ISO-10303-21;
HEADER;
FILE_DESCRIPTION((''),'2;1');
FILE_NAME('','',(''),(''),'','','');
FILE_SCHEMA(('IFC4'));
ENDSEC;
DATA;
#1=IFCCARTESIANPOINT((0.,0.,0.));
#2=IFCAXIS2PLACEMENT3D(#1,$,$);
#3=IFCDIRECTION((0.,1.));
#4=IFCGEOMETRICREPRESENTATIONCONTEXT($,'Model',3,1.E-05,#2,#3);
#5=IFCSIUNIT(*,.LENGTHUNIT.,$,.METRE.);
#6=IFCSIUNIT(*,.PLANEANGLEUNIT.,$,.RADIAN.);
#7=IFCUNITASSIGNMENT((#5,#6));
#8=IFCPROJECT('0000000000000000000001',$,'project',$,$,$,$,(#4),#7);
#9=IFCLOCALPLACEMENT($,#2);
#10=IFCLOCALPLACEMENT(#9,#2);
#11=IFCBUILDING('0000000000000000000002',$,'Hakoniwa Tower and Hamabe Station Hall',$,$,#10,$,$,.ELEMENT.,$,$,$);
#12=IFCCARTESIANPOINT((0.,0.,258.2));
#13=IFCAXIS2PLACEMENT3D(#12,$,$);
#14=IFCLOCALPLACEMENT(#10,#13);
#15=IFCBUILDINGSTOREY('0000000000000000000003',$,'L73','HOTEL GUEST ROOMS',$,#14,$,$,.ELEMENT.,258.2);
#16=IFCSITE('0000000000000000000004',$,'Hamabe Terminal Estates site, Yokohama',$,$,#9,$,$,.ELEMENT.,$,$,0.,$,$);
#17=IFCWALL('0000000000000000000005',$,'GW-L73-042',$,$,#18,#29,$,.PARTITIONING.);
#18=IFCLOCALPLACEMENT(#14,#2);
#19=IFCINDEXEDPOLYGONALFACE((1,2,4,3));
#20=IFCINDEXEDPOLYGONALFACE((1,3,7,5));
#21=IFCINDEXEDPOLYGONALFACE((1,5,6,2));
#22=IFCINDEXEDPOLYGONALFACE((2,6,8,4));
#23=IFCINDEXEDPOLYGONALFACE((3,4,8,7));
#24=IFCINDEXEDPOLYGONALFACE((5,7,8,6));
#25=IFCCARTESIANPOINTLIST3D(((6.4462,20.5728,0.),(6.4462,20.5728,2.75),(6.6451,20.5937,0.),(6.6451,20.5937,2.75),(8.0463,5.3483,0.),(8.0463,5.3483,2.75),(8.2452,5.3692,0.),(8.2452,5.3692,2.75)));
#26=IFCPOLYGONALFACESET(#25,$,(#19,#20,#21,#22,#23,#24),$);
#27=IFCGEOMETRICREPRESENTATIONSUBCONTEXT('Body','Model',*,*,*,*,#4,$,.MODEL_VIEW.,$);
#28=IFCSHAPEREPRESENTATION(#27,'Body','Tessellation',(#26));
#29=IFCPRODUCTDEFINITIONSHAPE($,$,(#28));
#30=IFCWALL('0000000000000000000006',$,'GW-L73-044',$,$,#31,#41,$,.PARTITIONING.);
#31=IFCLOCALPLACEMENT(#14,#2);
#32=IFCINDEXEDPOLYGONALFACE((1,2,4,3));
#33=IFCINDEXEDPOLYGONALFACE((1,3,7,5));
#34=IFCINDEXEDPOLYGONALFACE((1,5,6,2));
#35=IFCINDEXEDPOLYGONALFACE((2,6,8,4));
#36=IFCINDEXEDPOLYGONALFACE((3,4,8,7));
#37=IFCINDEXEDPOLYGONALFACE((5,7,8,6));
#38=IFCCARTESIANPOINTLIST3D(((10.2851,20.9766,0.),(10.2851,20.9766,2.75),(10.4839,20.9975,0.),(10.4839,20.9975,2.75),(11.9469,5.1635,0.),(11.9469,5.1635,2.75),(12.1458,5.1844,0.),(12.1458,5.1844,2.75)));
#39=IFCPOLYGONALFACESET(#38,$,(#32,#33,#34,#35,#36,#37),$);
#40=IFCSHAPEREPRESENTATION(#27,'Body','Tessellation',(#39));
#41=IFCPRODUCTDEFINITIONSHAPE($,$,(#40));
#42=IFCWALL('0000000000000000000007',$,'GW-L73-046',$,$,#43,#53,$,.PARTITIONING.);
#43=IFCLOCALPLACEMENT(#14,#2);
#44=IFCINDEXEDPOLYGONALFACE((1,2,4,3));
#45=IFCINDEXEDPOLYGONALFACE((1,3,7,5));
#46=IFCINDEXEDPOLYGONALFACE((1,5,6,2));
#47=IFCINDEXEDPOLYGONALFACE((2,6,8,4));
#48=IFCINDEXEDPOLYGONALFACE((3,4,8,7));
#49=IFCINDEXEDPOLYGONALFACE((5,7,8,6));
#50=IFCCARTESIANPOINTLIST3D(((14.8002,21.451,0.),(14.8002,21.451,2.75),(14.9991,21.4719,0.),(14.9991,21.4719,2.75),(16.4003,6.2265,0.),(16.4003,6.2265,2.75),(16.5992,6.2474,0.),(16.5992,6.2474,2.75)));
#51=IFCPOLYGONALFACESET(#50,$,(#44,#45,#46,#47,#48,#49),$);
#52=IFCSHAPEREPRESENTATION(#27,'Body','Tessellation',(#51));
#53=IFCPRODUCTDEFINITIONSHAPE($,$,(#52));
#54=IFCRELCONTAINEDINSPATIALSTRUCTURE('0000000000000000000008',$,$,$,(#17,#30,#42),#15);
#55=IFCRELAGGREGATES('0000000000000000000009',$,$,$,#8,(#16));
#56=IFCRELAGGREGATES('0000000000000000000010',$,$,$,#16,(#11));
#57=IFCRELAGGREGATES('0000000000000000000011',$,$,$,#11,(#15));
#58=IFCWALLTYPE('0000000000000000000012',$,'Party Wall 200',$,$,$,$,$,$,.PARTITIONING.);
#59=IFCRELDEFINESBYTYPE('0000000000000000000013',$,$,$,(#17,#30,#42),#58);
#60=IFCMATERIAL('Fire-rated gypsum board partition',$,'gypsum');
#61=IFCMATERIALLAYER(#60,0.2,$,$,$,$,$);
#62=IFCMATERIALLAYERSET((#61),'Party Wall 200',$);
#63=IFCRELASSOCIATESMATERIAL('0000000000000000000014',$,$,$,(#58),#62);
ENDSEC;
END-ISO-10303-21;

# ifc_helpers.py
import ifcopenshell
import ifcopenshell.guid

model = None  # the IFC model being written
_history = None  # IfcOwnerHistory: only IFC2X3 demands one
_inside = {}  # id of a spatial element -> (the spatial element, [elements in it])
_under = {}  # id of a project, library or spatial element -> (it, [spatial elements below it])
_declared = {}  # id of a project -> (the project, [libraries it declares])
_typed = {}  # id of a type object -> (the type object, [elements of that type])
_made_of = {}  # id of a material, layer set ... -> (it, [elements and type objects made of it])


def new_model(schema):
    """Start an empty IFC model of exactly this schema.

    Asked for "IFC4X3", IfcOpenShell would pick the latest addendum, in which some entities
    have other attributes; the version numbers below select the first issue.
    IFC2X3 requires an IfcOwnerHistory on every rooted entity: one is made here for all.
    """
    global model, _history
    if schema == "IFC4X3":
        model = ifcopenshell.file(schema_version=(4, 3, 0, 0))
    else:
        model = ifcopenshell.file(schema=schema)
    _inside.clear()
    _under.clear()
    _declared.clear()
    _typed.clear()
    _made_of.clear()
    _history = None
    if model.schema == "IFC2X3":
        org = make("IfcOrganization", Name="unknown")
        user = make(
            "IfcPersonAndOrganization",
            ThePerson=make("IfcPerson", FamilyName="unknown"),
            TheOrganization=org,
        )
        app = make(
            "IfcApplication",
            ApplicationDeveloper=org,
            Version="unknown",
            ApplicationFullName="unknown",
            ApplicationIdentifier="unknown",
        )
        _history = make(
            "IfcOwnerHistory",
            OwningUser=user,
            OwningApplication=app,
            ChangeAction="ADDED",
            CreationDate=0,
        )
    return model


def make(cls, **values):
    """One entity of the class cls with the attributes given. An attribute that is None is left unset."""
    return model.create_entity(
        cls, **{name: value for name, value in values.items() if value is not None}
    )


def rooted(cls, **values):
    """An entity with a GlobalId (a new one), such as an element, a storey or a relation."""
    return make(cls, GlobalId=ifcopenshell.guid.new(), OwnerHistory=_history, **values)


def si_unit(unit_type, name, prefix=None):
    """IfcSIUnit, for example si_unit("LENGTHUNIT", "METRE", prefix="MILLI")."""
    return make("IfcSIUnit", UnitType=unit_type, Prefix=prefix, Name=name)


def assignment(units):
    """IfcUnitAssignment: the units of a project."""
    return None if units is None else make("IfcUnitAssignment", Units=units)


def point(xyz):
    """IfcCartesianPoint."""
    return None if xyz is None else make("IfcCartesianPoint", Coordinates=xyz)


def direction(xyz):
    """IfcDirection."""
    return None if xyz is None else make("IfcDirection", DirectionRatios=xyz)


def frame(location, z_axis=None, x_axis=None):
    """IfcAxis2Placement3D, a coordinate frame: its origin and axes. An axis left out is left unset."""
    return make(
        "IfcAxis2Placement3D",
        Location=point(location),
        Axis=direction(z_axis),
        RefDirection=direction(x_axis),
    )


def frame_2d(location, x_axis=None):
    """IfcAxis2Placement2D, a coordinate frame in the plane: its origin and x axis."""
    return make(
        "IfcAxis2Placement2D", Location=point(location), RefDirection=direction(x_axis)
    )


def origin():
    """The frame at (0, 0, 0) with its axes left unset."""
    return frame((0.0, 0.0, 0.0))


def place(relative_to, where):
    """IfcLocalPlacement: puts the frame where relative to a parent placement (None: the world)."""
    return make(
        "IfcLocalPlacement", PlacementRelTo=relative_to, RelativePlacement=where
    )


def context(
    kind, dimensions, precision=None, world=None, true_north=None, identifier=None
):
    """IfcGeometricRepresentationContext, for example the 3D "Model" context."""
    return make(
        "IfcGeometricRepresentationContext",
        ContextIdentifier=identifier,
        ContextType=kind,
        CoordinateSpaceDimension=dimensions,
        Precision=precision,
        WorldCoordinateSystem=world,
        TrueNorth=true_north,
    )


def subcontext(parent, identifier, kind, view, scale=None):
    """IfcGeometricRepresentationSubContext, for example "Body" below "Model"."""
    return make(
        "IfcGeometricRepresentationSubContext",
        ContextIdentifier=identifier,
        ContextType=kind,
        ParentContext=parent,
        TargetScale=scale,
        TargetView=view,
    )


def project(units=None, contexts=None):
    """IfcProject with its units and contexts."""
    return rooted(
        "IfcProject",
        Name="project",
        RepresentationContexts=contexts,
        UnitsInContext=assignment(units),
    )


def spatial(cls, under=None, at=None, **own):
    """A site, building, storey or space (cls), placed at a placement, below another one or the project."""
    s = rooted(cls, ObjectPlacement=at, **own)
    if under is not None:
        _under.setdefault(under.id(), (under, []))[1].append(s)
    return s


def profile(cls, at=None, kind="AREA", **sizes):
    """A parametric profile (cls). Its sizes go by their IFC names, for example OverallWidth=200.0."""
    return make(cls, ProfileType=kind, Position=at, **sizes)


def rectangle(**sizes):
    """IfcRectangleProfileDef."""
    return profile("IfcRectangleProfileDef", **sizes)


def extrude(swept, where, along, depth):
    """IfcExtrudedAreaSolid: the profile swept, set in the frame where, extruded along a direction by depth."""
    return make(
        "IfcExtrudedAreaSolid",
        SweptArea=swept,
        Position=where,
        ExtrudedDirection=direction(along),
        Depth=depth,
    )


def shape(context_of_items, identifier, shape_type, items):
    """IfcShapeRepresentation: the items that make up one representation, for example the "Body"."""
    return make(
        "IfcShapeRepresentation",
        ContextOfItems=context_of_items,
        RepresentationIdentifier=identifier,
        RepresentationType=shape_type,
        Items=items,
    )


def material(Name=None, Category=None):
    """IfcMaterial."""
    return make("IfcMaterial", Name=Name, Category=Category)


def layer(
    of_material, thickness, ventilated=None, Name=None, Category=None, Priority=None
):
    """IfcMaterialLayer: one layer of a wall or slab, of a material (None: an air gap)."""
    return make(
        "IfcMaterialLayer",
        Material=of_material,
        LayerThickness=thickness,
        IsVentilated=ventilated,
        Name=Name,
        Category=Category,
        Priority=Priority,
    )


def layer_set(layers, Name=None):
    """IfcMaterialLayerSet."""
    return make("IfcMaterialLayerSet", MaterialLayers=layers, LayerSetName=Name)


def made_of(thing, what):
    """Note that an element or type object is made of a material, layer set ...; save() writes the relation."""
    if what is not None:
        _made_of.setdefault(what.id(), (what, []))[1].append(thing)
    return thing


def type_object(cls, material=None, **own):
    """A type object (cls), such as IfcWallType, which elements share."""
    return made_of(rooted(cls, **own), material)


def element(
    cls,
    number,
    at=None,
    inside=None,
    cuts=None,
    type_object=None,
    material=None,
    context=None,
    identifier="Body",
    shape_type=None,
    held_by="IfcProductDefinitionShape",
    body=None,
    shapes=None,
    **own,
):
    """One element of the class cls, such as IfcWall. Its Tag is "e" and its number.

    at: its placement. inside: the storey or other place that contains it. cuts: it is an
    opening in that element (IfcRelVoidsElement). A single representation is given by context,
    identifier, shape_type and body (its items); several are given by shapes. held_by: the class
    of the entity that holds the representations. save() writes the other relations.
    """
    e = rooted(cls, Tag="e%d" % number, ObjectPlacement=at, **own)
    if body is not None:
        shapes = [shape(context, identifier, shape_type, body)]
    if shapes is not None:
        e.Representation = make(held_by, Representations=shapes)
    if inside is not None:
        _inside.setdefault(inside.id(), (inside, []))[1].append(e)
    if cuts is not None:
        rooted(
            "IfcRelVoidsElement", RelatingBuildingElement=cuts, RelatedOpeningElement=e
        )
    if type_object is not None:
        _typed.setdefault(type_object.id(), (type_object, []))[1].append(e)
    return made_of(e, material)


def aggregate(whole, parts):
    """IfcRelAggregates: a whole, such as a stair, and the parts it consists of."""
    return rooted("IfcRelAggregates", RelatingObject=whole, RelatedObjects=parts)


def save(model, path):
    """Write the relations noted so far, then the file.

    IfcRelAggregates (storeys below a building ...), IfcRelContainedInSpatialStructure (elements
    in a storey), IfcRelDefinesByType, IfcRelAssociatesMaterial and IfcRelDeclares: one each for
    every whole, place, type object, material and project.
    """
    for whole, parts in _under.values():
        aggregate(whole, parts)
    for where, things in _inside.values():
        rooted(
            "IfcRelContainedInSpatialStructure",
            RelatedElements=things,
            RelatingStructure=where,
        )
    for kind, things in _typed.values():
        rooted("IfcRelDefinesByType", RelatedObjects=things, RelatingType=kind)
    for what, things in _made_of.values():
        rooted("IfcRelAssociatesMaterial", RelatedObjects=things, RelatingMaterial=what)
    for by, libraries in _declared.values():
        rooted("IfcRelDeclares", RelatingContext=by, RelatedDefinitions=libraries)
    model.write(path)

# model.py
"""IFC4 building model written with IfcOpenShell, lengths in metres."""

from ifc_helpers import new_model, si_unit, direction, frame, frame_2d, origin, place, context, subcontext, project, spatial, rectangle, extrude, material, layer, layer_set, type_object, element, save


model = new_model("IFC4")

# Units and contexts
model_context = context("Model", 3, precision=1e-05, world=origin(), true_north=direction((0.0, 1.0)))
body_context = subcontext(model_context, "Body", "Model", "MODEL_VIEW")
ifc_project = project(units=[si_unit("LENGTHUNIT", "METRE"), si_unit("PLANEANGLEUNIT", "RADIAN")], contexts=[model_context])

# Site, building, storey
site_placement = place(None, origin())
site = spatial("IfcSite", under=ifc_project, at=site_placement, Name="Hamabe Terminal Estates site, Yokohama", CompositionType="ELEMENT", RefElevation=0.0)
building_placement = place(site_placement, origin())
building = spatial("IfcBuilding", under=site, at=building_placement, Name="Hakoniwa Tower and Hamabe Station Hall", CompositionType="ELEMENT")
storey_placement = place(building_placement, frame((0.0, 0.0, 258.2)))
storey = spatial("IfcBuildingStorey", under=building, at=storey_placement, Name="L73", Description="HOTEL GUEST ROOMS", CompositionType="ELEMENT", Elevation=258.2)

# Walls
ifc_material_1 = material(Name="Fire-rated gypsum board partition", Category="gypsum")
ifc_layer_1 = layer(ifc_material_1, 0.2)
ifc_layer_set_1 = layer_set([ifc_layer_1], Name="Party Wall 200")
wall_type_1 = type_object("IfcWallType", Name="Party Wall 200", PredefinedType="PARTITIONING", material=ifc_layer_set_1)
wall_1_placement = place(storey_placement, frame((8.1458, 5.3586, 0.0), z_axis=(0.0, 0.0, 1.0), x_axis=(-0.104524, 0.994522, 0.0)))
element("IfcWall", 1, at=wall_1_placement, inside=storey, type_object=wall_type_1, Name="GW-L73-042", PredefinedType="PARTITIONING", context=body_context, shape_type="SweptSolid", body=[
    extrude(rectangle(XDim=15.3083, YDim=0.2, at=frame_2d((7.6543, 0.0))), origin(), (0.0, 0.0, 1.0), 2.75),
])
wall_2_placement = place(storey_placement, frame((12.0464, 5.1738, 0.0), z_axis=(0.0, 0.0, 1.0), x_axis=(-0.104519, 0.994523, 0.0)))
element("IfcWall", 2, at=wall_2_placement, inside=storey, type_object=wall_type_1, Name="GW-L73-044", PredefinedType="PARTITIONING", context=body_context, shape_type="SweptSolid", body=[
    extrude(rectangle(XDim=15.9001, YDim=0.2, at=frame_2d((7.9502, 0.0))), origin(), (0.0, 0.0, 1.0), 2.75),
])
wall_3_placement = place(storey_placement, frame((16.4998, 6.2368, 0.0), z_axis=(0.0, 0.0, 1.0), x_axis=(-0.104524, 0.994522, 0.0)))
element("IfcWall", 3, at=wall_3_placement, inside=storey, type_object=wall_type_1, Name="GW-L73-046", PredefinedType="PARTITIONING", context=body_context, shape_type="SweptSolid", body=[
    extrude(rectangle(XDim=15.3083, YDim=0.2, at=frame_2d((7.6543, 0.0))), origin(), (0.0, 0.0, 1.0), 2.75),
])

save(model, "model.ifc")
